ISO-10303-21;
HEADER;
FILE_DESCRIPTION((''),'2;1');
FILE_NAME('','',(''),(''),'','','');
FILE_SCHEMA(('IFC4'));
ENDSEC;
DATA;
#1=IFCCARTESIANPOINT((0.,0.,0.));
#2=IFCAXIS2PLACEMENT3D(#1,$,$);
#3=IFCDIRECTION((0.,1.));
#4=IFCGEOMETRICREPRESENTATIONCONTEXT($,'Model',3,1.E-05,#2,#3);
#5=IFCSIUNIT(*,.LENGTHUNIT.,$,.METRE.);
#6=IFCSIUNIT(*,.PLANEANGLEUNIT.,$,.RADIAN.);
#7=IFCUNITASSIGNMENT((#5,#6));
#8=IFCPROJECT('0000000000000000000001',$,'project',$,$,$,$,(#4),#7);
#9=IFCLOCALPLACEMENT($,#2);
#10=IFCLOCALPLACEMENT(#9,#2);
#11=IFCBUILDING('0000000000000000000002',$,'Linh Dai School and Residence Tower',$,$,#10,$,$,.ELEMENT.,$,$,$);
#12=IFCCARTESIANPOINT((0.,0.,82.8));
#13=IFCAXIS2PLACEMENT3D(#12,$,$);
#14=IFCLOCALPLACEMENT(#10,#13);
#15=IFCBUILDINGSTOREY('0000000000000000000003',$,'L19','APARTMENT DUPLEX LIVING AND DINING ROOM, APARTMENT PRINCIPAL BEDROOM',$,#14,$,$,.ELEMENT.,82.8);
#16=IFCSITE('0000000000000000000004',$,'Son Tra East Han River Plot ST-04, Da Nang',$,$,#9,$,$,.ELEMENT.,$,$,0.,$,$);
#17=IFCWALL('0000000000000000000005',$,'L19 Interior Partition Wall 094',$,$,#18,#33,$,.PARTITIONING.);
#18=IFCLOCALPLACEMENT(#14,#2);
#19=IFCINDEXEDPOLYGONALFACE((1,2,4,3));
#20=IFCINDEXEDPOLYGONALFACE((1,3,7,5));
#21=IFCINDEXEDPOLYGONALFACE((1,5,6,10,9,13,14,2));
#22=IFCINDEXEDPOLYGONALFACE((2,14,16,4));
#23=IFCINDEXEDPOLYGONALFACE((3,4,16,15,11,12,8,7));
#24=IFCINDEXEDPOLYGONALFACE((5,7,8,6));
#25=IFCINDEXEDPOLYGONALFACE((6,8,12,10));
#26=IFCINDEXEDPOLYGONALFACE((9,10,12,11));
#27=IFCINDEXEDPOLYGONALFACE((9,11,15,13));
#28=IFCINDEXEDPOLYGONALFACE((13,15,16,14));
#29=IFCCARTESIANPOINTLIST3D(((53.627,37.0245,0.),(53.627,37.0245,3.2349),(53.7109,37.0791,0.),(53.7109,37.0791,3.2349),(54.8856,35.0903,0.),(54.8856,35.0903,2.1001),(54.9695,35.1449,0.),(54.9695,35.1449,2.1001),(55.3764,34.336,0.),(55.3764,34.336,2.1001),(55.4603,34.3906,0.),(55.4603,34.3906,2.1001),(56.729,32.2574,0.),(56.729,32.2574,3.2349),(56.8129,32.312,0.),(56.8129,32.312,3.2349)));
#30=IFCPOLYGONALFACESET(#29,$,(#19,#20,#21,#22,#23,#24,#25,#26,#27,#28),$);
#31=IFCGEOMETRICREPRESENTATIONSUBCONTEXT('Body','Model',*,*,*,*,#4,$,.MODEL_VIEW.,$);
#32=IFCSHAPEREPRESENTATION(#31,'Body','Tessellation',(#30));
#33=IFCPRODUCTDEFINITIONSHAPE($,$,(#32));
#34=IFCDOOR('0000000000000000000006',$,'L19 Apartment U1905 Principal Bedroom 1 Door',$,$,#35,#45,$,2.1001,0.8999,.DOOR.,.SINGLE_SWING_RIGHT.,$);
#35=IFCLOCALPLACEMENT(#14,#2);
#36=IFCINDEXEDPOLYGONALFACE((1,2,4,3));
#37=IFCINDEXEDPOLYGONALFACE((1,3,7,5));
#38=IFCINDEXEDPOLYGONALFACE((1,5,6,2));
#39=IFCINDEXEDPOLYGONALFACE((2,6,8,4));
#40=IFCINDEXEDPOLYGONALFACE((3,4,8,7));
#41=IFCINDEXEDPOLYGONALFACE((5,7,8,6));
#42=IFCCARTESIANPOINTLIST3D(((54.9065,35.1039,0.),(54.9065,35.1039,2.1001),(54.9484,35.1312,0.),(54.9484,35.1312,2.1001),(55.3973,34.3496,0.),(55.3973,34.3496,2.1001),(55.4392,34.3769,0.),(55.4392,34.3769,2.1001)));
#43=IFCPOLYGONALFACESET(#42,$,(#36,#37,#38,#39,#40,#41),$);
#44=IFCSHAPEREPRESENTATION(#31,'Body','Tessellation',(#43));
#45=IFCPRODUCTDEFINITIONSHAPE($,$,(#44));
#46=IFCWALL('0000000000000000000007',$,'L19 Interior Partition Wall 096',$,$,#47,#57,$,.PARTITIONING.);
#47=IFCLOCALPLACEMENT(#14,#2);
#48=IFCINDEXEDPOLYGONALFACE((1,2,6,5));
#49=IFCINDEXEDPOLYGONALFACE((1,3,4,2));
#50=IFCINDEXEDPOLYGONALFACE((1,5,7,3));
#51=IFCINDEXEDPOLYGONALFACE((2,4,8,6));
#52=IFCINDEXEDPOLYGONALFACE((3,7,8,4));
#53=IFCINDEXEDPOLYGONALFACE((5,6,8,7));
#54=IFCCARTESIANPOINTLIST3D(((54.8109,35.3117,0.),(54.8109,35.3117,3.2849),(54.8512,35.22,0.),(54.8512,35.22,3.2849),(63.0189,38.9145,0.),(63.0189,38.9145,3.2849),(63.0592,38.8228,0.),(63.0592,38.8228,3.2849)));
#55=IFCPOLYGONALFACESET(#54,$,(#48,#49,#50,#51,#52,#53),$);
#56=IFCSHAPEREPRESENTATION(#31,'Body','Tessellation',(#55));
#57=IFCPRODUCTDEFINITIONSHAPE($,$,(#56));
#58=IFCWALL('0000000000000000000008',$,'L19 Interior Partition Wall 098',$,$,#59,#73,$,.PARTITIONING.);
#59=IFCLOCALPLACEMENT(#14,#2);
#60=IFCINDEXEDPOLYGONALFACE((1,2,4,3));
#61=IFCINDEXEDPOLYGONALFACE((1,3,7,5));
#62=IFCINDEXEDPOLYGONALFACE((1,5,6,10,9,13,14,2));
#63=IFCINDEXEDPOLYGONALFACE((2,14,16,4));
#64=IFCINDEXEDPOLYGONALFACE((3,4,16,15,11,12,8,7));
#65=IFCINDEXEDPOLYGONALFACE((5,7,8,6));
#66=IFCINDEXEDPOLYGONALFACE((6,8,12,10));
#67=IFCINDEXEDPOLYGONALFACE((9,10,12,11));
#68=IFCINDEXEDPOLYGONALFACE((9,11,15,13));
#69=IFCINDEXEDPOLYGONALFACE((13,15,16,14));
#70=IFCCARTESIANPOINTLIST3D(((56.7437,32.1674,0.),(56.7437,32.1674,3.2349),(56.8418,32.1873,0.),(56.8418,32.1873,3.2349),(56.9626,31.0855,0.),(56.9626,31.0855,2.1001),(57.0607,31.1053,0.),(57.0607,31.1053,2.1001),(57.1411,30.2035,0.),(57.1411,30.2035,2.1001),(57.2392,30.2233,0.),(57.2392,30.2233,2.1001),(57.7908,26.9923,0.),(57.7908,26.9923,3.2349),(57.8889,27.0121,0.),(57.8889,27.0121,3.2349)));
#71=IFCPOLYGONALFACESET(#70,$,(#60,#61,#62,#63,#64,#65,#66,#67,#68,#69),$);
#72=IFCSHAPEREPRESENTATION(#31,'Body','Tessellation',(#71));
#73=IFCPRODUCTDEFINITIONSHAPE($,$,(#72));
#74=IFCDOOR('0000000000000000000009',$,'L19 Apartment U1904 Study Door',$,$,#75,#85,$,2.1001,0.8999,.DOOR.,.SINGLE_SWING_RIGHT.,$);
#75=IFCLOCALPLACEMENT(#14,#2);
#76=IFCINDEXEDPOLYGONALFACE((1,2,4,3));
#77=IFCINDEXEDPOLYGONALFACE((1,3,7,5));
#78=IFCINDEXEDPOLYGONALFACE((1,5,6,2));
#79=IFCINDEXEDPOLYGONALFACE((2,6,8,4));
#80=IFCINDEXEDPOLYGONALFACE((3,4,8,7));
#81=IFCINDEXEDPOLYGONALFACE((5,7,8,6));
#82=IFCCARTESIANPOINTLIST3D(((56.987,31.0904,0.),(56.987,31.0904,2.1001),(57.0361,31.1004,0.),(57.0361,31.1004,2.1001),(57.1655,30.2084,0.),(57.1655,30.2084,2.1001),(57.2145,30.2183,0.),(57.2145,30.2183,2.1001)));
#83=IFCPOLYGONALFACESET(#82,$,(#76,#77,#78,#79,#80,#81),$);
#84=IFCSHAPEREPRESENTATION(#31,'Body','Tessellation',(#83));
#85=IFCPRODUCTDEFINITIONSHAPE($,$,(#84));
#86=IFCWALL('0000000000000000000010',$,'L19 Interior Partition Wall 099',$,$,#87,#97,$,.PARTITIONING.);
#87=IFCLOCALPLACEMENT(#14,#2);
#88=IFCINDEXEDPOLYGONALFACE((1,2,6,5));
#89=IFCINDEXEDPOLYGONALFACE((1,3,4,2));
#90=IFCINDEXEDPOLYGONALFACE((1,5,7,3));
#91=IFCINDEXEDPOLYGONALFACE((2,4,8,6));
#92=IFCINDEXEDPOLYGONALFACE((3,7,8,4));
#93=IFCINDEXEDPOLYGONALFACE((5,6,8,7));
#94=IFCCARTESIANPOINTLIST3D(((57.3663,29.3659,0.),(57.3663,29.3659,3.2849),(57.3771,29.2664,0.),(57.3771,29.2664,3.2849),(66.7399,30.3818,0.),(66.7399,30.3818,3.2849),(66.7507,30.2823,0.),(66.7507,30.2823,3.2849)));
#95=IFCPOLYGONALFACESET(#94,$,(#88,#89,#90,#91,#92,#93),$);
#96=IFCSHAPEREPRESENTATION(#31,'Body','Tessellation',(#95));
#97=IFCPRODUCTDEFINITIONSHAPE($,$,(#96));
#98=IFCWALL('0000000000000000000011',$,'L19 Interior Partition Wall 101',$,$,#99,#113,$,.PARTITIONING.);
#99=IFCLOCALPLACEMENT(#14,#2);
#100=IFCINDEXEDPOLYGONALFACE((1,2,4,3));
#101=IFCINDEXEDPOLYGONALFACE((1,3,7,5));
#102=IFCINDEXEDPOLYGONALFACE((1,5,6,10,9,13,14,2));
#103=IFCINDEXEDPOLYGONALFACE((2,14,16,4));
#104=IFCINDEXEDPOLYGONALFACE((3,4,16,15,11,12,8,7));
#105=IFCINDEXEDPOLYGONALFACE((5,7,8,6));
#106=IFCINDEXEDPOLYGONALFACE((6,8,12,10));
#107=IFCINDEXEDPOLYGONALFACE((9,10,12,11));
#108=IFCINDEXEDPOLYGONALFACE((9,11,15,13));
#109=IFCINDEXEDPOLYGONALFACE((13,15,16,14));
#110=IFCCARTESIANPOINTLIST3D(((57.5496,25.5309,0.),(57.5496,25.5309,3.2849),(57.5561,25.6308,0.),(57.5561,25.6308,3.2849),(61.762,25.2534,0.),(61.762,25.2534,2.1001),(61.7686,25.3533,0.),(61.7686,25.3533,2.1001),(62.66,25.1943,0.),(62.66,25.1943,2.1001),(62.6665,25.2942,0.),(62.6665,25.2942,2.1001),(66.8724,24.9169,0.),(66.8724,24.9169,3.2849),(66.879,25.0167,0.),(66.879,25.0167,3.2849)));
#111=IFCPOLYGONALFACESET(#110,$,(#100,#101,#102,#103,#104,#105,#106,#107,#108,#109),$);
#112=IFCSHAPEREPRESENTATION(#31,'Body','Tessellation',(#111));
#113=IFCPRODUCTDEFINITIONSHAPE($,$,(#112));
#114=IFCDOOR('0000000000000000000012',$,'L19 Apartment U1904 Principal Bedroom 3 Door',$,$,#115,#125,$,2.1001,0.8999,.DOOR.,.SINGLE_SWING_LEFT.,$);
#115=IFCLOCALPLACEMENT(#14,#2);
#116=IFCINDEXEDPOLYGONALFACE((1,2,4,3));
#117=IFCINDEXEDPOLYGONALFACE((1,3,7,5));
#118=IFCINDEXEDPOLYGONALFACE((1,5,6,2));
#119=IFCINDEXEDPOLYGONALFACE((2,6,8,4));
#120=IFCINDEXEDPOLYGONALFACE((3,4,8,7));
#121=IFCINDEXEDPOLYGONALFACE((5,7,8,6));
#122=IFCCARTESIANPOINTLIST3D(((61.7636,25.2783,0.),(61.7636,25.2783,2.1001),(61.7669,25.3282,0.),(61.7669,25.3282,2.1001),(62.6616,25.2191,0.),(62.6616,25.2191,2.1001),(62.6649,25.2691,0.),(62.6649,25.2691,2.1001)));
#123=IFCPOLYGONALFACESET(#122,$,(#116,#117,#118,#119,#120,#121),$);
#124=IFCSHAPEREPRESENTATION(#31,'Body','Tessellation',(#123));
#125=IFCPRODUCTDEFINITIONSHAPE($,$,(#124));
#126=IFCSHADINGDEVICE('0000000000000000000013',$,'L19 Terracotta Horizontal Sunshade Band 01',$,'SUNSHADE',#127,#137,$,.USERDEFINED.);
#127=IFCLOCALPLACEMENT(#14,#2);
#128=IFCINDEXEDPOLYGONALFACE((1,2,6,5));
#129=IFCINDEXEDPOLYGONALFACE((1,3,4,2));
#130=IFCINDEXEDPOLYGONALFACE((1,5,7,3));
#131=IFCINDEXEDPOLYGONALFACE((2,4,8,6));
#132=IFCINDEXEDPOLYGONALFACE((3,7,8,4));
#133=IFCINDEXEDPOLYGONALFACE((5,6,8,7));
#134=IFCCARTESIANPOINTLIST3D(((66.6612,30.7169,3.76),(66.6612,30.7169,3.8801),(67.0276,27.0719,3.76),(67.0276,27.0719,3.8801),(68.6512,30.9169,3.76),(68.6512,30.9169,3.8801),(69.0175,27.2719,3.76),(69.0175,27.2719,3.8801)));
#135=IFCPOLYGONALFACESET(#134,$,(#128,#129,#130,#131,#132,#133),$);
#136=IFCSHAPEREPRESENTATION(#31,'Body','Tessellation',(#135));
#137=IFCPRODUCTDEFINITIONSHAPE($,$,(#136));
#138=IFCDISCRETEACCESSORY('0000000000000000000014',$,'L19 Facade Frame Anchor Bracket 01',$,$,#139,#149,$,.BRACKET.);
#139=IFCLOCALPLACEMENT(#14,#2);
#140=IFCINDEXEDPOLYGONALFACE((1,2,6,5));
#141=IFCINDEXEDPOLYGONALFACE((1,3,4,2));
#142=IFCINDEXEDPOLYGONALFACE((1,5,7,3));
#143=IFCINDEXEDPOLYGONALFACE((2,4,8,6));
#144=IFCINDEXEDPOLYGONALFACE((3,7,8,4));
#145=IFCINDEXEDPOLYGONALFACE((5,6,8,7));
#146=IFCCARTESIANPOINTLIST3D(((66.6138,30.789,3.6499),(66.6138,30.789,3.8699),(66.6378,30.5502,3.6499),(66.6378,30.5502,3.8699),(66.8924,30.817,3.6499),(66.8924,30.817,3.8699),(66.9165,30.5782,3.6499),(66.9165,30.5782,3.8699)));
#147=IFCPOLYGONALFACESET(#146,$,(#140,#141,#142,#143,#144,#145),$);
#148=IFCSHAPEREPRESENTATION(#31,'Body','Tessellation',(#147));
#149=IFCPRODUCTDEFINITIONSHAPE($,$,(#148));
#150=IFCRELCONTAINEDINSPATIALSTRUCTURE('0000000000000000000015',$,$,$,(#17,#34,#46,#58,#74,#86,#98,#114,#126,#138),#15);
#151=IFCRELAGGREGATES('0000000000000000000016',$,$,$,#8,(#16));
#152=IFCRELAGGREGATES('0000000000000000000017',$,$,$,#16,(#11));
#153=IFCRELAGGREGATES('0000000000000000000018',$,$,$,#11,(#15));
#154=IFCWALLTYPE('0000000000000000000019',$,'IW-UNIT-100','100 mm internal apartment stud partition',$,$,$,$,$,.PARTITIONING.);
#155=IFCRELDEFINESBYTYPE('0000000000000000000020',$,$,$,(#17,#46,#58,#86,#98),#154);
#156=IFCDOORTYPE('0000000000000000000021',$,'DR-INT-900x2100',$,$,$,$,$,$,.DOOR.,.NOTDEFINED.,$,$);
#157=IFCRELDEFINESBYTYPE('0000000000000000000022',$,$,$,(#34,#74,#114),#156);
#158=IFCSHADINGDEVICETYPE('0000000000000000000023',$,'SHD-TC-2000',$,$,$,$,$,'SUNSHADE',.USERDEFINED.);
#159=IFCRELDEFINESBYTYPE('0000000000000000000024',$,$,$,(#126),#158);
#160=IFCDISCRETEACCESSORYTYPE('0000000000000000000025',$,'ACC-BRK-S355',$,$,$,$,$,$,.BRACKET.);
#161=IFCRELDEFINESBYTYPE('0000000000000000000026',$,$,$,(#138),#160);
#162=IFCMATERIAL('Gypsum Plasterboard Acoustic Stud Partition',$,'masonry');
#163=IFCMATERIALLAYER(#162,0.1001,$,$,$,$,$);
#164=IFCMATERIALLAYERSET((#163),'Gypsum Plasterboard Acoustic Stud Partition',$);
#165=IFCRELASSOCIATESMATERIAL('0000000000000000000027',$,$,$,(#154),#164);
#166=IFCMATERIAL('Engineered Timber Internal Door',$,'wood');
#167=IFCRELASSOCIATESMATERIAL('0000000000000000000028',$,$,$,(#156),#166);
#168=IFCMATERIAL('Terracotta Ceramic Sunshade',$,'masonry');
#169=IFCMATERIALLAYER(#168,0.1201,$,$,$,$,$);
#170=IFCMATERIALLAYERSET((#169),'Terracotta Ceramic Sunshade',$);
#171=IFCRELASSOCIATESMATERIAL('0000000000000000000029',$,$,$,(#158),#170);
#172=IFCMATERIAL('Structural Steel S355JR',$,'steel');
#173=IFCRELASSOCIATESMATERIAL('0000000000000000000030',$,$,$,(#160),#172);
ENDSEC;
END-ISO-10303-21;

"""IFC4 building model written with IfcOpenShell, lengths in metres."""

from ifc_helpers import new_model, si_unit, direction, frame, frame_2d, origin, origin_2d, place, context, subcontext, project, spatial, rectangle, extrude, source, transform, mapped, material, layer, layer_set, type_object, element, fill, save


model = new_model("IFC4")

# Units and contexts
model_context = context("Model", 3, precision=1e-05, world=origin(), true_north=direction((0.0, 1.0)))
body_context = subcontext(model_context, "Body", "Model", "MODEL_VIEW")
ifc_project = project(units=[si_unit("LENGTHUNIT", "METRE"), si_unit("PLANEANGLEUNIT", "RADIAN")], contexts=[model_context])

# Site, building, storey
site_placement = place(None, origin())
site = spatial("IfcSite", under=ifc_project, at=site_placement, Name="Son Tra East Han River Plot ST-04, Da Nang", CompositionType="ELEMENT", RefElevation=0.0)
building_placement = place(site_placement, origin())
building = spatial("IfcBuilding", under=site, at=building_placement, Name="Linh Dai School and Residence Tower", CompositionType="ELEMENT")
storey_placement = place(building_placement, frame((0.0, 0.0, 82.8)))
storey = spatial("IfcBuildingStorey", under=building, at=storey_placement, Name="L19", Description="APARTMENT DUPLEX LIVING AND DINING ROOM, APARTMENT PRINCIPAL BEDROOM", CompositionType="ELEMENT", Elevation=82.8)

# Shared definitions
ifc_material_1 = material(Name="Structural Steel S355JR", Category="steel")

# Shared definitions
ifc_material_2 = material(Name="Gypsum Plasterboard Acoustic Stud Partition", Category="masonry")
ifc_layer_1 = layer(ifc_material_2, 0.1001)
ifc_layer_set_1 = layer_set([ifc_layer_1], Name="Gypsum Plasterboard Acoustic Stud Partition")
wall_type_1 = type_object("IfcWallType", Name="IW-UNIT-100", Description="100 mm internal apartment stud partition", PredefinedType="PARTITIONING", material=ifc_layer_set_1)
ifc_material_3 = material(Name="Engineered Timber Internal Door", Category="wood")
door_type = type_object("IfcDoorType", Name="DR-INT-900x2100", OperationType="NOTDEFINED", PredefinedType="DOOR", material=ifc_material_3)
shared_shape_1 = source(origin(), body_context, "Body", "SweptSolid", [
    extrude(rectangle(XDim=0.8999, YDim=2.1001, at=origin_2d()), frame((0.45, 0.0249, 1.05), z_axis=(0.0, -1.0, 0.0), x_axis=(1.0, 0.0, 0.0)), (0.0, 0.0, 1.0), 0.05),
])

# Wall, opening, door
wall_1_placement = place(storey_placement, frame((53.6689, 37.0518, 0.0), z_axis=(0.0, 0.0, 1.0), x_axis=(0.545414, -0.838167, 0.0)))
wall_1 = element("IfcWall", 1, at=wall_1_placement, inside=storey, type_object=wall_type_1, Name="L19 Interior Partition Wall 094", PredefinedType="PARTITIONING", context=body_context, shape_type="SweptSolid", body=[
    extrude(rectangle(XDim=5.6875, YDim=0.1001, at=frame_2d((2.8438, 0.0))), origin(), (0.0, 0.0, 1.0), 3.2349),
])
opening_1_placement = place(wall_1_placement, frame((2.3076, 0.0, 0.0)))
opening_1 = element("IfcOpeningElement", 2, at=opening_1_placement, cuts=wall_1, PredefinedType="OPENING", context=body_context, shape_type="SweptSolid", body=[
    extrude(rectangle(XDim=0.8999, YDim=2.1001, at=origin_2d()), frame((0.45, 0.0601, 1.05), z_axis=(0.0, -1.0, 0.0), x_axis=(1.0, 0.0, 0.0)), (0.0, 0.0, 1.0), 0.1201),
])
door_1_placement = place(opening_1_placement, origin())
door_1 = element("IfcDoor", 3, at=door_1_placement, inside=storey, type_object=door_type, Name="L19 Apartment U1905 Principal Bedroom 1 Door", OperationType="SINGLE_SWING_RIGHT", OverallHeight=2.1001, OverallWidth=0.8999, PredefinedType="DOOR", context=body_context, shape_type="MappedRepresentation", body=[
    mapped(shared_shape_1, transform((0.0, 0.0, 0.0), x_axis=(1.0, 0.0, 0.0), y_axis=(0.0, 1.0, 0.0), z_axis=(0.0, 0.0, 1.0), scale=1.0)),
])
fill(opening_1, door_1)

# Wall
wall_2_placement = place(storey_placement, frame((54.8311, 35.2659, 0.0), z_axis=(0.0, 0.0, 1.0), x_axis=(0.915674, 0.401922, 0.0)))
element("IfcWall", 4, at=wall_2_placement, inside=storey, type_object=wall_type_1, Name="L19 Interior Partition Wall 096", PredefinedType="PARTITIONING", context=body_context, shape_type="SweptSolid", body=[
    extrude(rectangle(XDim=8.9639, YDim=0.1001, at=frame_2d((4.4819, 0.0))), origin(), (0.0, 0.0, 1.0), 3.2849),
])

# Wall, opening, door
wall_3_placement = place(storey_placement, frame((56.7927, 32.1775, 0.0), z_axis=(0.0, 0.0, 1.0), x_axis=(0.198321, -0.980137, 0.0)))
wall_3 = element("IfcWall", 5, at=wall_3_placement, inside=storey, type_object=wall_type_1, Name="L19 Interior Partition Wall 098", PredefinedType="PARTITIONING", context=body_context, shape_type="SweptSolid", body=[
    extrude(rectangle(XDim=5.28, YDim=0.1001, at=frame_2d((2.6401, 0.0))), origin(), (0.0, 0.0, 1.0), 3.2349),
])
opening_2_placement = place(wall_3_placement, frame((1.104, 0.0, 0.0)))
opening_2 = element("IfcOpeningElement", 6, at=opening_2_placement, cuts=wall_3, PredefinedType="OPENING", context=body_context, shape_type="SweptSolid", body=[
    extrude(rectangle(XDim=0.8999, YDim=2.1001, at=origin_2d()), frame((0.45, 0.0601, 1.05), z_axis=(0.0, -1.0, 0.0), x_axis=(1.0, 0.0, 0.0)), (0.0, 0.0, 1.0), 0.1201),
])
door_2_placement = place(opening_2_placement, origin())
door_2 = element("IfcDoor", 7, at=door_2_placement, inside=storey, type_object=door_type, Name="L19 Apartment U1904 Study Door", OperationType="SINGLE_SWING_RIGHT", OverallHeight=2.1001, OverallWidth=0.8999, PredefinedType="DOOR", context=body_context, shape_type="MappedRepresentation", body=[
    mapped(shared_shape_1, transform((0.0, 0.0, 0.0), x_axis=(1.0, 0.0, 0.0), y_axis=(0.0, 1.0, 0.0), z_axis=(0.0, 0.0, 1.0), scale=1.0)),
])
fill(opening_2, door_2)

# Wall
wall_4_placement = place(storey_placement, frame((57.3716, 29.3162, 0.0), z_axis=(0.0, 0.0, 1.0), x_axis=(0.994179, 0.107745, 0.0)))
element("IfcWall", 8, at=wall_4_placement, inside=storey, type_object=wall_type_1, Name="L19 Interior Partition Wall 099", PredefinedType="PARTITIONING", context=body_context, shape_type="SweptSolid", body=[
    extrude(rectangle(XDim=9.4285, YDim=0.1001, at=frame_2d((4.7144, 0.0))), origin(), (0.0, 0.0, 1.0), 3.2849),
])

# Wall, opening, door
wall_5_placement = place(storey_placement, frame((57.553, 25.5808, 0.0), z_axis=(0.0, 0.0, 1.0), x_axis=(0.997838, -0.065719, 0.0)))
wall_5 = element("IfcWall", 9, at=wall_5_placement, inside=storey, type_object=wall_type_1, Name="L19 Interior Partition Wall 101", PredefinedType="PARTITIONING", context=body_context, shape_type="SweptSolid", body=[
    extrude(rectangle(XDim=9.343, YDim=0.1001, at=frame_2d((4.6714, 0.0))), origin(), (0.0, 0.0, 1.0), 3.2849),
])
opening_3_placement = place(wall_5_placement, frame((4.2214, 0.0, 0.0)))
opening_3 = element("IfcOpeningElement", 10, at=opening_3_placement, cuts=wall_5, PredefinedType="OPENING", context=body_context, shape_type="SweptSolid", body=[
    extrude(rectangle(XDim=0.8999, YDim=2.1001, at=origin_2d()), frame((0.45, 0.0601, 1.05), z_axis=(0.0, -1.0, 0.0), x_axis=(1.0, 0.0, 0.0)), (0.0, 0.0, 1.0), 0.1201),
])
door_3_placement = place(opening_3_placement, origin())
door_3 = element("IfcDoor", 11, at=door_3_placement, inside=storey, type_object=door_type, Name="L19 Apartment U1904 Principal Bedroom 3 Door", OperationType="SINGLE_SWING_LEFT", OverallHeight=2.1001, OverallWidth=0.8999, PredefinedType="DOOR", context=body_context, shape_type="MappedRepresentation", body=[
    mapped(shared_shape_1, transform((0.0, 0.0, 0.0), x_axis=(1.0, 0.0, 0.0), y_axis=(0.0, 1.0, 0.0), z_axis=(0.0, 0.0, 1.0), scale=1.0)),
])
fill(opening_3, door_3)

# Shading device
ifc_material_4 = material(Name="Terracotta Ceramic Sunshade", Category="masonry")
ifc_layer_2 = layer(ifc_material_4, 0.1201)
ifc_layer_set_2 = layer_set([ifc_layer_2], Name="Terracotta Ceramic Sunshade")
shading_device_type = type_object("IfcShadingDeviceType", Name="SHD-TC-2000", ElementType="SUNSHADE", PredefinedType="USERDEFINED", material=ifc_layer_set_2)
shared_shape_2 = source(origin(), body_context, "Body", "SweptSolid", [
    extrude(rectangle(XDim=3.6633, YDim=2.0, at=origin_2d()), origin(), (0.0, 0.0, 1.0), 0.1201),
])
shading_device_placement = place(storey_placement, frame((67.8394, 28.9944, 3.76), z_axis=(0.0, 0.0, 1.0), x_axis=(0.100009, -0.994986, 0.0)))
element("IfcShadingDevice", 12, at=shading_device_placement, inside=storey, type_object=shading_device_type, Name="L19 Terracotta Horizontal Sunshade Band 01", ObjectType="SUNSHADE", PredefinedType="USERDEFINED", context=body_context, shape_type="MappedRepresentation", body=[
    mapped(shared_shape_2, transform((0.0, 0.0, 0.0), x_axis=(1.0, 0.0, 0.0), y_axis=(0.0, 1.0, 0.0), z_axis=(0.0, 0.0, 1.0), scale=1.0)),
])

# Discrete accessory
discrete_accessory_type = type_object("IfcDiscreteAccessoryType", Name="ACC-BRK-S355", PredefinedType="BRACKET", material=ifc_material_1)
shared_shape_3 = source(origin(), body_context, "Body", "SweptSolid", [
    extrude(rectangle(XDim=0.28, YDim=0.24, at=origin_2d()), origin(), (0.0, 0.0, 1.0), 0.22),
])
discrete_accessory_placement = place(storey_placement, frame((66.7651, 30.6836, 3.6499), z_axis=(0.0, 0.0, 1.0), x_axis=(0.994986, 0.100009, 0.0)))
element("IfcDiscreteAccessory", 13, at=discrete_accessory_placement, inside=storey, type_object=discrete_accessory_type, Name="L19 Facade Frame Anchor Bracket 01", PredefinedType="BRACKET", context=body_context, shape_type="MappedRepresentation", body=[
    mapped(shared_shape_3, transform((0.0, 0.0, 0.0), x_axis=(1.0, 0.0, 0.0), y_axis=(0.0, 1.0, 0.0), z_axis=(0.0, 0.0, 1.0), scale=1.0)),
])

save(model, "model.ifc")
